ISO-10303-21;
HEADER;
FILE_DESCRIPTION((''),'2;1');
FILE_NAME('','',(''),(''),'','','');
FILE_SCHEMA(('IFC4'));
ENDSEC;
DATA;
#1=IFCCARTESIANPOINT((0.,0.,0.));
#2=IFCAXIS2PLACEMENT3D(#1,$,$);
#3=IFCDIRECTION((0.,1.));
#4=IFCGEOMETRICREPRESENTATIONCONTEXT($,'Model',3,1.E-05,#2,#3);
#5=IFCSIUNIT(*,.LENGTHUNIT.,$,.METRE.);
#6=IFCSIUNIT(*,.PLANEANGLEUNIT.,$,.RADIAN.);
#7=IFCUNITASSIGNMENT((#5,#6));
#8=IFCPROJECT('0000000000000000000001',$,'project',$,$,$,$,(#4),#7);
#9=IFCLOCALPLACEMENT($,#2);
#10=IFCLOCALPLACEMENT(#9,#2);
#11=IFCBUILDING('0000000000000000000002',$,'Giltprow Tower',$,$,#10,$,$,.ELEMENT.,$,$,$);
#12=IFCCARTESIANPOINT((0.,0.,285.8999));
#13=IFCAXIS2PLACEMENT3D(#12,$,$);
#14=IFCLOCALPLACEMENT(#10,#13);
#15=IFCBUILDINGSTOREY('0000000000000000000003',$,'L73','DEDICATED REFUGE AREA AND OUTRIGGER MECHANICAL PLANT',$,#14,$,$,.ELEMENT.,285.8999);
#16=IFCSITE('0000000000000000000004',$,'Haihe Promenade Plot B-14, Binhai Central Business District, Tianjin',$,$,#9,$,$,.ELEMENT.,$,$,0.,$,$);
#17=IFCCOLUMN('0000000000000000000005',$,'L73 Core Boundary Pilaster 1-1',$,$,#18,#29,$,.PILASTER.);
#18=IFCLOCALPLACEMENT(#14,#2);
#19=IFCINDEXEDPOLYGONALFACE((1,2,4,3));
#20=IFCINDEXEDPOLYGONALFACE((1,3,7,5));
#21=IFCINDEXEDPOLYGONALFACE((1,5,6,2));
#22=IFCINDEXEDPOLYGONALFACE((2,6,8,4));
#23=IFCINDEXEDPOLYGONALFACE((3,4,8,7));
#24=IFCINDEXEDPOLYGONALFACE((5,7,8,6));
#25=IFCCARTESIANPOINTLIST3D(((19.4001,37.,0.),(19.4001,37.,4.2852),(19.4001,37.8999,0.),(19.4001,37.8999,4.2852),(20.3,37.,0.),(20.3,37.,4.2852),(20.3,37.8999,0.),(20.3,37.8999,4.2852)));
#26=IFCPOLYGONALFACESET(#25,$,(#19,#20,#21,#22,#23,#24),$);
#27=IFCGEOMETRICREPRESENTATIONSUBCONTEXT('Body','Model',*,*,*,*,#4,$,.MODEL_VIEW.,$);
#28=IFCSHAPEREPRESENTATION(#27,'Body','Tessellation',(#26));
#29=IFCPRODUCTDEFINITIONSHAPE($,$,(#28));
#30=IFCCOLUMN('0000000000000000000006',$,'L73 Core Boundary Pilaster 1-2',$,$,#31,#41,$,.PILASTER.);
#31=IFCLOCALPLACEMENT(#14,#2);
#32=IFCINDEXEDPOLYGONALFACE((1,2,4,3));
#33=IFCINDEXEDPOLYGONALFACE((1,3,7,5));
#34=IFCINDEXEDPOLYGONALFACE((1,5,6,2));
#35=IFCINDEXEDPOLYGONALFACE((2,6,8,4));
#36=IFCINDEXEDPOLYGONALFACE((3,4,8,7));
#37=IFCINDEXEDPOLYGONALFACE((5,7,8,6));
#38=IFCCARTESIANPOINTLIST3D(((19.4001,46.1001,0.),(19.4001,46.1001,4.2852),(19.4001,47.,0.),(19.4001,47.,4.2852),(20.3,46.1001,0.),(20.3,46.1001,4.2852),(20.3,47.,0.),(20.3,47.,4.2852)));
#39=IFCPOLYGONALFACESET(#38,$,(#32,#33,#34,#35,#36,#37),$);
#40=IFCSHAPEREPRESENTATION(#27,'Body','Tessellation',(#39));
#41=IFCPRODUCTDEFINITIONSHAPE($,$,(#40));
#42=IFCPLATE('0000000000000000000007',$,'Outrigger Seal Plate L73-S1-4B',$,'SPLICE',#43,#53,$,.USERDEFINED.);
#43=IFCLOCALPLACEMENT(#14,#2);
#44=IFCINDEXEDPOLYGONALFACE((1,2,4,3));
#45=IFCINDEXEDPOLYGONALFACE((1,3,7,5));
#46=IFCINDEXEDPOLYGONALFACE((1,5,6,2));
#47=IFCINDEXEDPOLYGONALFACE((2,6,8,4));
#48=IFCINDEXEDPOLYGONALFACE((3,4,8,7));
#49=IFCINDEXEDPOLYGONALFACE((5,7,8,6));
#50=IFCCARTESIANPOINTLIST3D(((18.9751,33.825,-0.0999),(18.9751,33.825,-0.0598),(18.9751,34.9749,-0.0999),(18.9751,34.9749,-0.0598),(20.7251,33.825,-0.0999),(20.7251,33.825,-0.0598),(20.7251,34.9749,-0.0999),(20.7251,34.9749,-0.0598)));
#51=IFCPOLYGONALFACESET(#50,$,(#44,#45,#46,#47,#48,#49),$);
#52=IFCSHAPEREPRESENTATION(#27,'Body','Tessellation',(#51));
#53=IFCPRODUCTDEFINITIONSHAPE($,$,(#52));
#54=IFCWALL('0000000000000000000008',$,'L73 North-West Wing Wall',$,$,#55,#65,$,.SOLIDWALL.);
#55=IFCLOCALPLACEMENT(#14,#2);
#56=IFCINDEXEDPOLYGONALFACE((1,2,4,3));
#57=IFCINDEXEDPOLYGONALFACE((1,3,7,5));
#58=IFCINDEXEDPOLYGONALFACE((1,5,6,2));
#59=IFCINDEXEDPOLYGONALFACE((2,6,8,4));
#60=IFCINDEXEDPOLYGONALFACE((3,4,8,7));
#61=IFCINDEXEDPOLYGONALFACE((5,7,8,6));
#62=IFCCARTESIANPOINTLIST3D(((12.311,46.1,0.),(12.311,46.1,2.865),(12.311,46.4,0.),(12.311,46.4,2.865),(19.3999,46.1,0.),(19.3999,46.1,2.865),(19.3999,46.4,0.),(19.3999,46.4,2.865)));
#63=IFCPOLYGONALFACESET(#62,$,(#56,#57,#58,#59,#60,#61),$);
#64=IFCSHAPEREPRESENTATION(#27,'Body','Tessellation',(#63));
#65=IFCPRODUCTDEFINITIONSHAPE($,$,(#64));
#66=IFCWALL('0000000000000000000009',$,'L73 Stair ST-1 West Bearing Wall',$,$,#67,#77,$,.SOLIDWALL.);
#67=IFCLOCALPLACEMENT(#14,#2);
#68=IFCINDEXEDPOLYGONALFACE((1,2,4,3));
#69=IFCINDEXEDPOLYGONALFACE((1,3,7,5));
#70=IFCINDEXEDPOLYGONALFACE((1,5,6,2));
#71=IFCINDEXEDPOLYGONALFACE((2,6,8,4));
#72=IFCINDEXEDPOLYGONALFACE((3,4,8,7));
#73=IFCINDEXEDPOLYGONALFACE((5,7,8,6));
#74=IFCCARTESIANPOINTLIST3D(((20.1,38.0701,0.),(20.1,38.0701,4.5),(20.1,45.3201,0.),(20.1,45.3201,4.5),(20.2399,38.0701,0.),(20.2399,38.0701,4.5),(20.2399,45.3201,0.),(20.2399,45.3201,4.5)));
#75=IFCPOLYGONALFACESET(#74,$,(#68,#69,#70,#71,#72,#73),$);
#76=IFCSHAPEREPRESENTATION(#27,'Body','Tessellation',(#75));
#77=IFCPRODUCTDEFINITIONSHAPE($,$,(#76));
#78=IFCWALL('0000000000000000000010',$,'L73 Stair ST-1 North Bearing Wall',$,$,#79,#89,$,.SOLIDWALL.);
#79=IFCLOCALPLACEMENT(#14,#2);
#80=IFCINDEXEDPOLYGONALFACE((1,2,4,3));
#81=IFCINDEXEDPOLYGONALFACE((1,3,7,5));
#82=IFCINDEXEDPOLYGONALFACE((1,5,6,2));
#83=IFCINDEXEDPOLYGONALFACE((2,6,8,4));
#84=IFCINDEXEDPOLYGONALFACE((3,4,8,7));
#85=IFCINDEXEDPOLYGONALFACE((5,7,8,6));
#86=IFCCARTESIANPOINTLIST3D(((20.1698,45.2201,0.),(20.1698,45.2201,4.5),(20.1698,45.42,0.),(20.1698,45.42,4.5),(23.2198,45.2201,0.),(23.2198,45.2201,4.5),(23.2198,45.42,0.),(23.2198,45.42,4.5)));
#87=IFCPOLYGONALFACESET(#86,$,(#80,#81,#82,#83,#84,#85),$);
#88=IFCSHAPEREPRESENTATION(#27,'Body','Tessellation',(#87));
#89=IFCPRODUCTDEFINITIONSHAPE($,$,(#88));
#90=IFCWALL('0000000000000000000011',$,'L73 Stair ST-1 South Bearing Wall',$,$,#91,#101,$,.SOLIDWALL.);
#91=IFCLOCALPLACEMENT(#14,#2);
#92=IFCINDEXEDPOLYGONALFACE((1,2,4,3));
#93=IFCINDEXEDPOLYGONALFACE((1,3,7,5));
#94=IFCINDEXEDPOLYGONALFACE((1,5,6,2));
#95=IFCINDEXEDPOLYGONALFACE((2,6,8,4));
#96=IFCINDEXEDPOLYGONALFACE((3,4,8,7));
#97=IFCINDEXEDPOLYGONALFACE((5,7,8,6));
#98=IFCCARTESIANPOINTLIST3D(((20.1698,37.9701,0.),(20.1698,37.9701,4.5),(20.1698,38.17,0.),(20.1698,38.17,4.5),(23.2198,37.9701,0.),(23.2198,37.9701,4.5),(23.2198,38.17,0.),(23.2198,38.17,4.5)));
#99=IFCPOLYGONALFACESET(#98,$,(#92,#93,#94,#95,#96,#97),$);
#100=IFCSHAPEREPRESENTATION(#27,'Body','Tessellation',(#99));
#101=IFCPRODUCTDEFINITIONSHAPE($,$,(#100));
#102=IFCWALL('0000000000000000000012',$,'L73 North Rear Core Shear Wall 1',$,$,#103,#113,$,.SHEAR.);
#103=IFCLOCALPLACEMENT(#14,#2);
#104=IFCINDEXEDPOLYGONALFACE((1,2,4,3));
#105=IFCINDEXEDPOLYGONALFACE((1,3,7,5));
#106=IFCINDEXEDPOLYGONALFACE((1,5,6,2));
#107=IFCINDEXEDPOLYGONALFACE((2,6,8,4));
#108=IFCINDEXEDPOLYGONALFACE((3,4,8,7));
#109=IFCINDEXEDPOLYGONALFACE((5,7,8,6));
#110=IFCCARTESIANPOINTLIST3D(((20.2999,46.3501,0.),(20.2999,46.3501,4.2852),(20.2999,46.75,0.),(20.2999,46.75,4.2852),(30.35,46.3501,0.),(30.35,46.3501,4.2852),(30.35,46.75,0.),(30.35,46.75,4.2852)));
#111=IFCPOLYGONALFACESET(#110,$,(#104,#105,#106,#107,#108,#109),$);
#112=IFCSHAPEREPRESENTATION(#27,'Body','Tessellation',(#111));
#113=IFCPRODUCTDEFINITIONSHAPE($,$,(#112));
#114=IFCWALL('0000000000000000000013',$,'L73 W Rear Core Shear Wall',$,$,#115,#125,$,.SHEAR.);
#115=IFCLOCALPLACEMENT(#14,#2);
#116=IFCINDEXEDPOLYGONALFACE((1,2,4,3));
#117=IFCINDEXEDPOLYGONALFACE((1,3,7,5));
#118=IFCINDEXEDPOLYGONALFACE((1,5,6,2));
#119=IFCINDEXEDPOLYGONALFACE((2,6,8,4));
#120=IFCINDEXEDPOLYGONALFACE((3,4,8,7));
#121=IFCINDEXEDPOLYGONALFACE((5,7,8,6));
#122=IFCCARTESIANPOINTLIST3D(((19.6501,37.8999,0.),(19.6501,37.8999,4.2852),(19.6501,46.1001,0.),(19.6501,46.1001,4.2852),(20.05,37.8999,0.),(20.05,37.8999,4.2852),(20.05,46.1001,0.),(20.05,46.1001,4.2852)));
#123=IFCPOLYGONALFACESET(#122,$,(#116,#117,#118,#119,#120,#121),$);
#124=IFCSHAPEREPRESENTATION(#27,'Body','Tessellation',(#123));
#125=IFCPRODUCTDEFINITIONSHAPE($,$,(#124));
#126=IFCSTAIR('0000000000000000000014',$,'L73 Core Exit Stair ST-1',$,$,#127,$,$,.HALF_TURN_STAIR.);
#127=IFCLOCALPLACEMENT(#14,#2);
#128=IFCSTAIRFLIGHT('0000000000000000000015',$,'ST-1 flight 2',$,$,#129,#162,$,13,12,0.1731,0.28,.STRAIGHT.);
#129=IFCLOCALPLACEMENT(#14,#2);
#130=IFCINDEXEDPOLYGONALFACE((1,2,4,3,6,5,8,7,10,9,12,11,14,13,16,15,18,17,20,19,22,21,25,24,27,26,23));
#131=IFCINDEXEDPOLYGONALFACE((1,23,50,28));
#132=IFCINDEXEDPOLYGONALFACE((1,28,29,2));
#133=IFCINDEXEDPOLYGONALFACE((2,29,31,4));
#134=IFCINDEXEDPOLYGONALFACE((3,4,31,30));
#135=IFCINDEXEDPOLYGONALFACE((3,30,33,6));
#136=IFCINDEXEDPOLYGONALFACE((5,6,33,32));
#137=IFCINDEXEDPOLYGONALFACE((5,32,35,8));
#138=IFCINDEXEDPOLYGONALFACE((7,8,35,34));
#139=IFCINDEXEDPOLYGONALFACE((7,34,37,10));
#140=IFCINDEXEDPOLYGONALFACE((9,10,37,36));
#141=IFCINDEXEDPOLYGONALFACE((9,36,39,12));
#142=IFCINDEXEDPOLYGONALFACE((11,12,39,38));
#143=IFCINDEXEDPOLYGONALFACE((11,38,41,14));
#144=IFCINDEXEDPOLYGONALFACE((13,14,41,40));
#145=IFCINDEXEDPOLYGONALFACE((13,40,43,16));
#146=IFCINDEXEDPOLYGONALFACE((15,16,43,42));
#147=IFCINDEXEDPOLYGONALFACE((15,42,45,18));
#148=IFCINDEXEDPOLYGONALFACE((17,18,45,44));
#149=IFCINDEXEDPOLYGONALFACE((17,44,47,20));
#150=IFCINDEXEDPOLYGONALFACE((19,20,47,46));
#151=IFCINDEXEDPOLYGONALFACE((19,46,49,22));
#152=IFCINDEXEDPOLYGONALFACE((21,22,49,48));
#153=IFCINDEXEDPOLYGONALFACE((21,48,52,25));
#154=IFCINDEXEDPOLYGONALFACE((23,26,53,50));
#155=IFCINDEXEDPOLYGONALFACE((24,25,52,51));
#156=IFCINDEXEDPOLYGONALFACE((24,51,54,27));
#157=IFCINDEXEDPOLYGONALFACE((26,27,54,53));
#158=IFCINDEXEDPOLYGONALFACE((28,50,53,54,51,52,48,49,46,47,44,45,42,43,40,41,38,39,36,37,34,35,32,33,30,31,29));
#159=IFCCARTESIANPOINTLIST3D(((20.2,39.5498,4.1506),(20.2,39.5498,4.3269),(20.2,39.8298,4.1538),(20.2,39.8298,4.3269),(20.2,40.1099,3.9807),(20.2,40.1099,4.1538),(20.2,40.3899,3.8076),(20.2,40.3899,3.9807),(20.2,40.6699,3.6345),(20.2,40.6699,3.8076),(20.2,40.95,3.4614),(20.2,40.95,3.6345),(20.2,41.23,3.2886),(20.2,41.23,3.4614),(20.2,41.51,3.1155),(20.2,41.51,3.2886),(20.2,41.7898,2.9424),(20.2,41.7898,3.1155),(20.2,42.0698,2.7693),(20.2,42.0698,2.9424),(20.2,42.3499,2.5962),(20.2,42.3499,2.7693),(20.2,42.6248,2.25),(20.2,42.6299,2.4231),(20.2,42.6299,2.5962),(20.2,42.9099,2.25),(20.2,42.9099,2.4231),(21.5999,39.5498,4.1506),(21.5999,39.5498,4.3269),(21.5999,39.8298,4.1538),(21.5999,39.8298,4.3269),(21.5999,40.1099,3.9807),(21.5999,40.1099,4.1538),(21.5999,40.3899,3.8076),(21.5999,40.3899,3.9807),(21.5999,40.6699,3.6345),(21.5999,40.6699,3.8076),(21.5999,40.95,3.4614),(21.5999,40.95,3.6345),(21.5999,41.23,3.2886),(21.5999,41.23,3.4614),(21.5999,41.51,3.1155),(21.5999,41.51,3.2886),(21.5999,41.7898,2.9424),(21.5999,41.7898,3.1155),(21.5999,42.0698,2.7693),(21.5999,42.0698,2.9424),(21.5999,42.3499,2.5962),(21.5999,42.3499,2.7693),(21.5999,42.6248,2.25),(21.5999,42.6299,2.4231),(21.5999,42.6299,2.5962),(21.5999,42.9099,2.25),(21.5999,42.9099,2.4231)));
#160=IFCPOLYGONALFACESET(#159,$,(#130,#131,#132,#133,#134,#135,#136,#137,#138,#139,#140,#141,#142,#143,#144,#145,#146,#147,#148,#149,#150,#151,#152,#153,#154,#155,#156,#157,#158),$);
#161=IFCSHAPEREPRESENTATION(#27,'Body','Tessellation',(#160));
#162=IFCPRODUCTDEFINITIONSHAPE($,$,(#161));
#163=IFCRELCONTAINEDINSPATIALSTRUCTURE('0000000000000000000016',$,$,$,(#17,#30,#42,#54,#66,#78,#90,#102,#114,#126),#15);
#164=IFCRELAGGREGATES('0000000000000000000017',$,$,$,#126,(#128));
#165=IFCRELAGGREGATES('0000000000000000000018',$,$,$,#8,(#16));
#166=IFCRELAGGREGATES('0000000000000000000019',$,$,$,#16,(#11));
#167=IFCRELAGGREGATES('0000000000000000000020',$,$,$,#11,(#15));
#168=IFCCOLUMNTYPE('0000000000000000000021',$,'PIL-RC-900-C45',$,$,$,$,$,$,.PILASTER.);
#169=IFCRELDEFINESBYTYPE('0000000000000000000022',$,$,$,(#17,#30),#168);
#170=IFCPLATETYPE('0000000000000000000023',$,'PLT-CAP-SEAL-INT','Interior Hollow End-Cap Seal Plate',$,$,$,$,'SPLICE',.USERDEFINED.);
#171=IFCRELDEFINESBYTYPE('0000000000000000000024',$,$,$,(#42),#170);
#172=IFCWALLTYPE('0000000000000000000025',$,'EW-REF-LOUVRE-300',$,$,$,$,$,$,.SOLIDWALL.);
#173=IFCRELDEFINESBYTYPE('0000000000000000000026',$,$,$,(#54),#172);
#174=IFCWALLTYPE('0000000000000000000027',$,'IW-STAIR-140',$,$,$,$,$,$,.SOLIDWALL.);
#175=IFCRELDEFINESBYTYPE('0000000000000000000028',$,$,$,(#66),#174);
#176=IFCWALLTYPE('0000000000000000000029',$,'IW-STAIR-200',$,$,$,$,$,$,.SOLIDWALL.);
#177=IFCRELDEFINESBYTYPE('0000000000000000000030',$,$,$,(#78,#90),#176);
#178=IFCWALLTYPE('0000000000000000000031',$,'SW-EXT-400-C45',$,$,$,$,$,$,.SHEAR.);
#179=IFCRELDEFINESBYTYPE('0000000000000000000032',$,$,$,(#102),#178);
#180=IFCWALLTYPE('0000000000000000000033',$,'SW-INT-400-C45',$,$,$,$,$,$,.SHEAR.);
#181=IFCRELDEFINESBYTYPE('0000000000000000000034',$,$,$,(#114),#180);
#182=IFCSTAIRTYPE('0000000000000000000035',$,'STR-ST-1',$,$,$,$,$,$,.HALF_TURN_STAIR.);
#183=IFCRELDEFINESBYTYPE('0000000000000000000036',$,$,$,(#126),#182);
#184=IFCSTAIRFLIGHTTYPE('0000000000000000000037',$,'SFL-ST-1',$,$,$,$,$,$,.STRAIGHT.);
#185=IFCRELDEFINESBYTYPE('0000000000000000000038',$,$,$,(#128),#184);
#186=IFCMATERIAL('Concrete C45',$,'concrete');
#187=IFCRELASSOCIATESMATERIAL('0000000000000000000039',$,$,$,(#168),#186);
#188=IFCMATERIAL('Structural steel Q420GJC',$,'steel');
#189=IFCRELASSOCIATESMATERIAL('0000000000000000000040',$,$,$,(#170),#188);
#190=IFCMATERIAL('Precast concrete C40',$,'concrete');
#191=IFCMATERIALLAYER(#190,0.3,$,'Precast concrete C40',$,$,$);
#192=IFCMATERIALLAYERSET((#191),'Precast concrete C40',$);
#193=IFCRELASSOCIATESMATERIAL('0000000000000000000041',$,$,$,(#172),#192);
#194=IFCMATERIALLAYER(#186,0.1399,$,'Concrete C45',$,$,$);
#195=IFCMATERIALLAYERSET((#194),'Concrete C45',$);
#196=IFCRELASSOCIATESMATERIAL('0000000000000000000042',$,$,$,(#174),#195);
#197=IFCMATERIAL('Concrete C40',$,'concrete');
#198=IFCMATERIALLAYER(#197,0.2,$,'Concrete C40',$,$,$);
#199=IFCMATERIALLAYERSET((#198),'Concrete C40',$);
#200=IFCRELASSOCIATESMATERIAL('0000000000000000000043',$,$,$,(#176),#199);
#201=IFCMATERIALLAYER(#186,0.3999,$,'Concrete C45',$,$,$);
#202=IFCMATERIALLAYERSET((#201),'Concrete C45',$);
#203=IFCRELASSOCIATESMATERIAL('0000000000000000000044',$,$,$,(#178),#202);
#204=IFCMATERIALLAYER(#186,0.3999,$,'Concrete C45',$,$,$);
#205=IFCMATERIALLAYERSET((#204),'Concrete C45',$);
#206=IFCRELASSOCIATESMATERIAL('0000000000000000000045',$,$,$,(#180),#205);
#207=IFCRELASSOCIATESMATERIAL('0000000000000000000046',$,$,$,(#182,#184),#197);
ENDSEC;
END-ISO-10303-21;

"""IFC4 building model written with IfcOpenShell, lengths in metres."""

from ifc_helpers import new_model, si_unit, direction, frame, frame_2d, origin, origin_2d, place, context, subcontext, project, spatial, polyline, rectangle, outline, extrude, source, transform, mapped, material, layer, layer_set, material_profile, profile_set, type_object, element, aggregate, save


model = new_model("IFC4")

# Units and contexts
model_context = context("Model", 3, precision=1e-05, world=origin(), true_north=direction((0.0, 1.0)))
body_context = subcontext(model_context, "Body", "Model", "MODEL_VIEW")
ifc_project = project(units=[si_unit("LENGTHUNIT", "METRE"), si_unit("PLANEANGLEUNIT", "RADIAN")], contexts=[model_context])

# Site, building, storey
site_placement = place(None, origin())
site = spatial("IfcSite", under=ifc_project, at=site_placement, Name="Haihe Promenade Plot B-14, Binhai Central Business District, Tianjin", CompositionType="ELEMENT", RefElevation=0.0)
building_placement = place(site_placement, origin())
building = spatial("IfcBuilding", under=site, at=building_placement, Name="Giltprow Tower", CompositionType="ELEMENT")
storey_placement = place(building_placement, frame((0.0, 0.0, 285.8999)))
storey = spatial("IfcBuildingStorey", under=building, at=storey_placement, Name="L73", Description="DEDICATED REFUGE AREA AND OUTRIGGER MECHANICAL PLANT", CompositionType="ELEMENT", Elevation=285.8999)

# Columns
ifc_material_1 = material(Name="Concrete C45", Category="concrete")
ifc_material_profile = material_profile(ifc_material_1, rectangle(XDim=0.8999, YDim=0.8999, at=origin_2d()), Name="RC 900x900")
ifc_profile_set = profile_set([ifc_material_profile], Name="Concrete C45")
column_type = type_object("IfcColumnType", Name="PIL-RC-900-C45", PredefinedType="PILASTER", material=ifc_profile_set)
shared_shape_1 = source(origin(), body_context, "Body", "SweptSolid", [
    extrude(rectangle(XDim=0.8999, YDim=0.8999, at=origin_2d()), origin(), (0.0, 0.0, 1.0), 4.2852),
])
for number, where, z_axis, x_axis, name in (
    (1, (19.8501, 37.45, 0.0), (0.0, 0.0, 1.0), (1.0, 0.0, 0.0), "L73 Core Boundary Pilaster 1-1"),
    (2, (19.8501, 46.55, 0.0), (0.0, 0.0, 1.0), (1.0, 0.0, 0.0), "L73 Core Boundary Pilaster 1-2"),
):
    element("IfcColumn", number, at=place(storey_placement, frame(where, z_axis=z_axis, x_axis=x_axis)), inside=storey, type_object=column_type, Name=name, PredefinedType="PILASTER", context=body_context, shape_type="MappedRepresentation", body=[
        mapped(shared_shape_1, transform((0.0, 0.0, 0.0), x_axis=(1.0, 0.0, 0.0), y_axis=(0.0, 1.0, 0.0), z_axis=(0.0, 0.0, 1.0), scale=1.0)),
    ])

# Plate
ifc_material_2 = material(Name="Structural steel Q420GJC", Category="steel")
plate_type = type_object("IfcPlateType", Name="PLT-CAP-SEAL-INT", Description="Interior Hollow End-Cap Seal Plate", ElementType="SPLICE", PredefinedType="USERDEFINED", material=ifc_material_2)
shared_shape_2 = source(origin(), body_context, "Body", "SweptSolid", [
    extrude(rectangle(XDim=1.75, YDim=1.1499, at=origin_2d()), origin(), (0.0, 0.0, 1.0), 0.04),
])
plate_placement = place(storey_placement, frame((19.8501, 34.3999, -0.0999), z_axis=(0.0, 0.0, 1.0), x_axis=(1.0, 0.0, 0.0)))
element("IfcPlate", 3, at=plate_placement, inside=storey, type_object=plate_type, Name="Outrigger Seal Plate L73-S1-4B", ObjectType="SPLICE", PredefinedType="USERDEFINED", context=body_context, shape_type="MappedRepresentation", body=[
    mapped(shared_shape_2, transform((0.0, 0.0, 0.0), x_axis=(1.0, 0.0, 0.0), y_axis=(0.0, 1.0, 0.0), z_axis=(0.0, 0.0, 1.0), scale=1.0)),
])

# Walls
ifc_material_3 = material(Name="Precast concrete C40", Category="concrete")
ifc_layer_1 = layer(ifc_material_3, 0.3, Name="Precast concrete C40")
ifc_layer_set_1 = layer_set([ifc_layer_1], Name="Precast concrete C40")
wall_type_1 = type_object("IfcWallType", Name="EW-REF-LOUVRE-300", PredefinedType="SOLIDWALL", material=ifc_layer_set_1)
wall_1_placement = place(storey_placement, frame((12.311, 46.25, 0.0), z_axis=(0.0, 0.0, 1.0), x_axis=(1.0, 0.0, 0.0)))
element("IfcWall", 4, at=wall_1_placement, inside=storey, type_object=wall_type_1, Name="L73 North-West Wing Wall", PredefinedType="SOLIDWALL", context=body_context, shape_type="SweptSolid", body=[
    extrude(rectangle(XDim=7.0889, YDim=0.3, at=frame_2d((3.5444, 0.0))), origin(), (0.0, 0.0, 1.0), 2.865),
])
ifc_layer_2 = layer(ifc_material_1, 0.1399, Name="Concrete C45")
ifc_layer_set_2 = layer_set([ifc_layer_2], Name="Concrete C45")
wall_type_2 = type_object("IfcWallType", Name="IW-STAIR-140", PredefinedType="SOLIDWALL", material=ifc_layer_set_2)
wall_2_placement = place(storey_placement, frame((20.1699, 38.0701, 0.0), z_axis=(0.0, 0.0, 1.0), x_axis=(0.0, 1.0, 0.0)))
element("IfcWall", 5, at=wall_2_placement, inside=storey, type_object=wall_type_2, Name="L73 Stair ST-1 West Bearing Wall", PredefinedType="SOLIDWALL", context=body_context, shape_type="SweptSolid", body=[
    extrude(rectangle(XDim=7.25, YDim=0.1399, at=frame_2d((3.625, 0.0))), origin(), (0.0, 0.0, 1.0), 4.5),
])
ifc_material_4 = material(Name="Concrete C40", Category="concrete")
ifc_layer_3 = layer(ifc_material_4, 0.2, Name="Concrete C40")
ifc_layer_set_3 = layer_set([ifc_layer_3], Name="Concrete C40")
wall_type_3 = type_object("IfcWallType", Name="IW-STAIR-200", PredefinedType="SOLIDWALL", material=ifc_layer_set_3)
for number, where, z_axis, x_axis, name in (
    (6, (20.1699, 45.3201, 0.0), (0.0, 0.0, 1.0), (1.0, 0.0, 0.0), "L73 Stair ST-1 North Bearing Wall"),
    (7, (20.1699, 38.0701, 0.0), (0.0, 0.0, 1.0), (1.0, 0.0, 0.0), "L73 Stair ST-1 South Bearing Wall"),
):
    element("IfcWall", number, at=place(storey_placement, frame(where, z_axis=z_axis, x_axis=x_axis)), inside=storey, type_object=wall_type_3, Name=name, PredefinedType="SOLIDWALL", context=body_context, shape_type="SweptSolid", body=[
        extrude(rectangle(XDim=3.05, YDim=0.2, at=frame_2d((1.5249, 0.0))), origin(), (0.0, 0.0, 1.0), 4.5),
    ])
ifc_layer_4 = layer(ifc_material_1, 0.3999, Name="Concrete C45")
ifc_layer_set_4 = layer_set([ifc_layer_4], Name="Concrete C45")
wall_type_4 = type_object("IfcWallType", Name="SW-EXT-400-C45", PredefinedType="SHEAR", material=ifc_layer_set_4)
wall_3_placement = place(storey_placement, frame((20.3, 46.55, 0.0), z_axis=(0.0, 0.0, 1.0), x_axis=(1.0, 0.0, 0.0)))
element("IfcWall", 8, at=wall_3_placement, inside=storey, type_object=wall_type_4, Name="L73 North Rear Core Shear Wall 1", PredefinedType="SHEAR", context=body_context, shape_type="SweptSolid", body=[
    extrude(rectangle(XDim=10.05, YDim=0.3999, at=frame_2d((5.0249, 0.0))), origin(), (0.0, 0.0, 1.0), 4.2852),
])

# Shared definitions
ifc_layer_5 = layer(ifc_material_1, 0.3999, Name="Concrete C45")
ifc_layer_set_5 = layer_set([ifc_layer_5], Name="Concrete C45")
wall_type_5 = type_object("IfcWallType", Name="SW-INT-400-C45", PredefinedType="SHEAR", material=ifc_layer_set_5)

# Wall
wall_4_placement = place(storey_placement, frame((19.8501, 37.8999, 0.0), z_axis=(0.0, 0.0, 1.0), x_axis=(0.0, 1.0, 0.0)))
element("IfcWall", 9, at=wall_4_placement, inside=storey, type_object=wall_type_5, Name="L73 W Rear Core Shear Wall", PredefinedType="SHEAR", context=body_context, shape_type="SweptSolid", body=[
    extrude(rectangle(XDim=8.2002, YDim=0.3999, at=frame_2d((4.1001, 0.0))), origin(), (0.0, 0.0, 1.0), 4.2852),
])

# Stair, stair flight
stair_type = type_object("IfcStairType", Name="STR-ST-1", PredefinedType="HALF_TURN_STAIR", material=ifc_material_4)
stair_placement = place(storey_placement, origin())
stair = element("IfcStair", 10, at=stair_placement, inside=storey, type_object=stair_type, Name="L73 Core Exit Stair ST-1", PredefinedType="HALF_TURN_STAIR")
stair_flight_type = type_object("IfcStairFlightType", Name="SFL-ST-1", PredefinedType="STRAIGHT", material=ifc_material_4)
stair_flight_placement = place(storey_placement, frame((20.8999, 42.9099, 2.25), z_axis=(0.0, 0.0, 1.0), x_axis=(0.0, -1.0, 0.0)))
stair_flight = element("IfcStairFlight", 11, at=stair_flight_placement, type_object=stair_flight_type, Name="ST-1 flight 2", NumberOfRisers=13, NumberOfTreads=12, PredefinedType="STRAIGHT", RiserHeight=0.1731, TreadLength=0.28, context=body_context, shape_type="SweptSolid", body=[
    extrude(outline(polyline([(0.0, 0.0), (0.0, 0.1731), (0.28, 0.1731), (0.28, 0.3462), (0.5601, 0.3462), (0.5601, 0.5193), (0.8401, 0.5193), (0.8401, 0.6924), (1.1201, 0.6924), (1.1201, 0.8655), (1.3999, 0.8655), (1.3999, 1.0386), (1.6799, 1.0386), (1.6799, 1.2114), (1.96, 1.2114), (1.96, 1.3845), (2.24, 1.3845), (2.24, 1.5576), (2.52, 1.5576), (2.52, 1.7307), (2.8, 1.7307), (2.8, 1.9038), (3.0801, 1.9038), (3.0801, 2.0769), (3.3601, 2.0769), (3.3601, 2.25), (3.3601, 1.9006), (0.2852, 0.0), (0.0, 0.0)])), frame((0.0, 0.7, 0.0), z_axis=(0.0, -1.0, 0.0), x_axis=(1.0, 0.0, 0.0)), (0.0, 0.0, 1.0), 1.3999),
])
aggregate(stair, [stair_flight])

save(model, "model.ifc")
